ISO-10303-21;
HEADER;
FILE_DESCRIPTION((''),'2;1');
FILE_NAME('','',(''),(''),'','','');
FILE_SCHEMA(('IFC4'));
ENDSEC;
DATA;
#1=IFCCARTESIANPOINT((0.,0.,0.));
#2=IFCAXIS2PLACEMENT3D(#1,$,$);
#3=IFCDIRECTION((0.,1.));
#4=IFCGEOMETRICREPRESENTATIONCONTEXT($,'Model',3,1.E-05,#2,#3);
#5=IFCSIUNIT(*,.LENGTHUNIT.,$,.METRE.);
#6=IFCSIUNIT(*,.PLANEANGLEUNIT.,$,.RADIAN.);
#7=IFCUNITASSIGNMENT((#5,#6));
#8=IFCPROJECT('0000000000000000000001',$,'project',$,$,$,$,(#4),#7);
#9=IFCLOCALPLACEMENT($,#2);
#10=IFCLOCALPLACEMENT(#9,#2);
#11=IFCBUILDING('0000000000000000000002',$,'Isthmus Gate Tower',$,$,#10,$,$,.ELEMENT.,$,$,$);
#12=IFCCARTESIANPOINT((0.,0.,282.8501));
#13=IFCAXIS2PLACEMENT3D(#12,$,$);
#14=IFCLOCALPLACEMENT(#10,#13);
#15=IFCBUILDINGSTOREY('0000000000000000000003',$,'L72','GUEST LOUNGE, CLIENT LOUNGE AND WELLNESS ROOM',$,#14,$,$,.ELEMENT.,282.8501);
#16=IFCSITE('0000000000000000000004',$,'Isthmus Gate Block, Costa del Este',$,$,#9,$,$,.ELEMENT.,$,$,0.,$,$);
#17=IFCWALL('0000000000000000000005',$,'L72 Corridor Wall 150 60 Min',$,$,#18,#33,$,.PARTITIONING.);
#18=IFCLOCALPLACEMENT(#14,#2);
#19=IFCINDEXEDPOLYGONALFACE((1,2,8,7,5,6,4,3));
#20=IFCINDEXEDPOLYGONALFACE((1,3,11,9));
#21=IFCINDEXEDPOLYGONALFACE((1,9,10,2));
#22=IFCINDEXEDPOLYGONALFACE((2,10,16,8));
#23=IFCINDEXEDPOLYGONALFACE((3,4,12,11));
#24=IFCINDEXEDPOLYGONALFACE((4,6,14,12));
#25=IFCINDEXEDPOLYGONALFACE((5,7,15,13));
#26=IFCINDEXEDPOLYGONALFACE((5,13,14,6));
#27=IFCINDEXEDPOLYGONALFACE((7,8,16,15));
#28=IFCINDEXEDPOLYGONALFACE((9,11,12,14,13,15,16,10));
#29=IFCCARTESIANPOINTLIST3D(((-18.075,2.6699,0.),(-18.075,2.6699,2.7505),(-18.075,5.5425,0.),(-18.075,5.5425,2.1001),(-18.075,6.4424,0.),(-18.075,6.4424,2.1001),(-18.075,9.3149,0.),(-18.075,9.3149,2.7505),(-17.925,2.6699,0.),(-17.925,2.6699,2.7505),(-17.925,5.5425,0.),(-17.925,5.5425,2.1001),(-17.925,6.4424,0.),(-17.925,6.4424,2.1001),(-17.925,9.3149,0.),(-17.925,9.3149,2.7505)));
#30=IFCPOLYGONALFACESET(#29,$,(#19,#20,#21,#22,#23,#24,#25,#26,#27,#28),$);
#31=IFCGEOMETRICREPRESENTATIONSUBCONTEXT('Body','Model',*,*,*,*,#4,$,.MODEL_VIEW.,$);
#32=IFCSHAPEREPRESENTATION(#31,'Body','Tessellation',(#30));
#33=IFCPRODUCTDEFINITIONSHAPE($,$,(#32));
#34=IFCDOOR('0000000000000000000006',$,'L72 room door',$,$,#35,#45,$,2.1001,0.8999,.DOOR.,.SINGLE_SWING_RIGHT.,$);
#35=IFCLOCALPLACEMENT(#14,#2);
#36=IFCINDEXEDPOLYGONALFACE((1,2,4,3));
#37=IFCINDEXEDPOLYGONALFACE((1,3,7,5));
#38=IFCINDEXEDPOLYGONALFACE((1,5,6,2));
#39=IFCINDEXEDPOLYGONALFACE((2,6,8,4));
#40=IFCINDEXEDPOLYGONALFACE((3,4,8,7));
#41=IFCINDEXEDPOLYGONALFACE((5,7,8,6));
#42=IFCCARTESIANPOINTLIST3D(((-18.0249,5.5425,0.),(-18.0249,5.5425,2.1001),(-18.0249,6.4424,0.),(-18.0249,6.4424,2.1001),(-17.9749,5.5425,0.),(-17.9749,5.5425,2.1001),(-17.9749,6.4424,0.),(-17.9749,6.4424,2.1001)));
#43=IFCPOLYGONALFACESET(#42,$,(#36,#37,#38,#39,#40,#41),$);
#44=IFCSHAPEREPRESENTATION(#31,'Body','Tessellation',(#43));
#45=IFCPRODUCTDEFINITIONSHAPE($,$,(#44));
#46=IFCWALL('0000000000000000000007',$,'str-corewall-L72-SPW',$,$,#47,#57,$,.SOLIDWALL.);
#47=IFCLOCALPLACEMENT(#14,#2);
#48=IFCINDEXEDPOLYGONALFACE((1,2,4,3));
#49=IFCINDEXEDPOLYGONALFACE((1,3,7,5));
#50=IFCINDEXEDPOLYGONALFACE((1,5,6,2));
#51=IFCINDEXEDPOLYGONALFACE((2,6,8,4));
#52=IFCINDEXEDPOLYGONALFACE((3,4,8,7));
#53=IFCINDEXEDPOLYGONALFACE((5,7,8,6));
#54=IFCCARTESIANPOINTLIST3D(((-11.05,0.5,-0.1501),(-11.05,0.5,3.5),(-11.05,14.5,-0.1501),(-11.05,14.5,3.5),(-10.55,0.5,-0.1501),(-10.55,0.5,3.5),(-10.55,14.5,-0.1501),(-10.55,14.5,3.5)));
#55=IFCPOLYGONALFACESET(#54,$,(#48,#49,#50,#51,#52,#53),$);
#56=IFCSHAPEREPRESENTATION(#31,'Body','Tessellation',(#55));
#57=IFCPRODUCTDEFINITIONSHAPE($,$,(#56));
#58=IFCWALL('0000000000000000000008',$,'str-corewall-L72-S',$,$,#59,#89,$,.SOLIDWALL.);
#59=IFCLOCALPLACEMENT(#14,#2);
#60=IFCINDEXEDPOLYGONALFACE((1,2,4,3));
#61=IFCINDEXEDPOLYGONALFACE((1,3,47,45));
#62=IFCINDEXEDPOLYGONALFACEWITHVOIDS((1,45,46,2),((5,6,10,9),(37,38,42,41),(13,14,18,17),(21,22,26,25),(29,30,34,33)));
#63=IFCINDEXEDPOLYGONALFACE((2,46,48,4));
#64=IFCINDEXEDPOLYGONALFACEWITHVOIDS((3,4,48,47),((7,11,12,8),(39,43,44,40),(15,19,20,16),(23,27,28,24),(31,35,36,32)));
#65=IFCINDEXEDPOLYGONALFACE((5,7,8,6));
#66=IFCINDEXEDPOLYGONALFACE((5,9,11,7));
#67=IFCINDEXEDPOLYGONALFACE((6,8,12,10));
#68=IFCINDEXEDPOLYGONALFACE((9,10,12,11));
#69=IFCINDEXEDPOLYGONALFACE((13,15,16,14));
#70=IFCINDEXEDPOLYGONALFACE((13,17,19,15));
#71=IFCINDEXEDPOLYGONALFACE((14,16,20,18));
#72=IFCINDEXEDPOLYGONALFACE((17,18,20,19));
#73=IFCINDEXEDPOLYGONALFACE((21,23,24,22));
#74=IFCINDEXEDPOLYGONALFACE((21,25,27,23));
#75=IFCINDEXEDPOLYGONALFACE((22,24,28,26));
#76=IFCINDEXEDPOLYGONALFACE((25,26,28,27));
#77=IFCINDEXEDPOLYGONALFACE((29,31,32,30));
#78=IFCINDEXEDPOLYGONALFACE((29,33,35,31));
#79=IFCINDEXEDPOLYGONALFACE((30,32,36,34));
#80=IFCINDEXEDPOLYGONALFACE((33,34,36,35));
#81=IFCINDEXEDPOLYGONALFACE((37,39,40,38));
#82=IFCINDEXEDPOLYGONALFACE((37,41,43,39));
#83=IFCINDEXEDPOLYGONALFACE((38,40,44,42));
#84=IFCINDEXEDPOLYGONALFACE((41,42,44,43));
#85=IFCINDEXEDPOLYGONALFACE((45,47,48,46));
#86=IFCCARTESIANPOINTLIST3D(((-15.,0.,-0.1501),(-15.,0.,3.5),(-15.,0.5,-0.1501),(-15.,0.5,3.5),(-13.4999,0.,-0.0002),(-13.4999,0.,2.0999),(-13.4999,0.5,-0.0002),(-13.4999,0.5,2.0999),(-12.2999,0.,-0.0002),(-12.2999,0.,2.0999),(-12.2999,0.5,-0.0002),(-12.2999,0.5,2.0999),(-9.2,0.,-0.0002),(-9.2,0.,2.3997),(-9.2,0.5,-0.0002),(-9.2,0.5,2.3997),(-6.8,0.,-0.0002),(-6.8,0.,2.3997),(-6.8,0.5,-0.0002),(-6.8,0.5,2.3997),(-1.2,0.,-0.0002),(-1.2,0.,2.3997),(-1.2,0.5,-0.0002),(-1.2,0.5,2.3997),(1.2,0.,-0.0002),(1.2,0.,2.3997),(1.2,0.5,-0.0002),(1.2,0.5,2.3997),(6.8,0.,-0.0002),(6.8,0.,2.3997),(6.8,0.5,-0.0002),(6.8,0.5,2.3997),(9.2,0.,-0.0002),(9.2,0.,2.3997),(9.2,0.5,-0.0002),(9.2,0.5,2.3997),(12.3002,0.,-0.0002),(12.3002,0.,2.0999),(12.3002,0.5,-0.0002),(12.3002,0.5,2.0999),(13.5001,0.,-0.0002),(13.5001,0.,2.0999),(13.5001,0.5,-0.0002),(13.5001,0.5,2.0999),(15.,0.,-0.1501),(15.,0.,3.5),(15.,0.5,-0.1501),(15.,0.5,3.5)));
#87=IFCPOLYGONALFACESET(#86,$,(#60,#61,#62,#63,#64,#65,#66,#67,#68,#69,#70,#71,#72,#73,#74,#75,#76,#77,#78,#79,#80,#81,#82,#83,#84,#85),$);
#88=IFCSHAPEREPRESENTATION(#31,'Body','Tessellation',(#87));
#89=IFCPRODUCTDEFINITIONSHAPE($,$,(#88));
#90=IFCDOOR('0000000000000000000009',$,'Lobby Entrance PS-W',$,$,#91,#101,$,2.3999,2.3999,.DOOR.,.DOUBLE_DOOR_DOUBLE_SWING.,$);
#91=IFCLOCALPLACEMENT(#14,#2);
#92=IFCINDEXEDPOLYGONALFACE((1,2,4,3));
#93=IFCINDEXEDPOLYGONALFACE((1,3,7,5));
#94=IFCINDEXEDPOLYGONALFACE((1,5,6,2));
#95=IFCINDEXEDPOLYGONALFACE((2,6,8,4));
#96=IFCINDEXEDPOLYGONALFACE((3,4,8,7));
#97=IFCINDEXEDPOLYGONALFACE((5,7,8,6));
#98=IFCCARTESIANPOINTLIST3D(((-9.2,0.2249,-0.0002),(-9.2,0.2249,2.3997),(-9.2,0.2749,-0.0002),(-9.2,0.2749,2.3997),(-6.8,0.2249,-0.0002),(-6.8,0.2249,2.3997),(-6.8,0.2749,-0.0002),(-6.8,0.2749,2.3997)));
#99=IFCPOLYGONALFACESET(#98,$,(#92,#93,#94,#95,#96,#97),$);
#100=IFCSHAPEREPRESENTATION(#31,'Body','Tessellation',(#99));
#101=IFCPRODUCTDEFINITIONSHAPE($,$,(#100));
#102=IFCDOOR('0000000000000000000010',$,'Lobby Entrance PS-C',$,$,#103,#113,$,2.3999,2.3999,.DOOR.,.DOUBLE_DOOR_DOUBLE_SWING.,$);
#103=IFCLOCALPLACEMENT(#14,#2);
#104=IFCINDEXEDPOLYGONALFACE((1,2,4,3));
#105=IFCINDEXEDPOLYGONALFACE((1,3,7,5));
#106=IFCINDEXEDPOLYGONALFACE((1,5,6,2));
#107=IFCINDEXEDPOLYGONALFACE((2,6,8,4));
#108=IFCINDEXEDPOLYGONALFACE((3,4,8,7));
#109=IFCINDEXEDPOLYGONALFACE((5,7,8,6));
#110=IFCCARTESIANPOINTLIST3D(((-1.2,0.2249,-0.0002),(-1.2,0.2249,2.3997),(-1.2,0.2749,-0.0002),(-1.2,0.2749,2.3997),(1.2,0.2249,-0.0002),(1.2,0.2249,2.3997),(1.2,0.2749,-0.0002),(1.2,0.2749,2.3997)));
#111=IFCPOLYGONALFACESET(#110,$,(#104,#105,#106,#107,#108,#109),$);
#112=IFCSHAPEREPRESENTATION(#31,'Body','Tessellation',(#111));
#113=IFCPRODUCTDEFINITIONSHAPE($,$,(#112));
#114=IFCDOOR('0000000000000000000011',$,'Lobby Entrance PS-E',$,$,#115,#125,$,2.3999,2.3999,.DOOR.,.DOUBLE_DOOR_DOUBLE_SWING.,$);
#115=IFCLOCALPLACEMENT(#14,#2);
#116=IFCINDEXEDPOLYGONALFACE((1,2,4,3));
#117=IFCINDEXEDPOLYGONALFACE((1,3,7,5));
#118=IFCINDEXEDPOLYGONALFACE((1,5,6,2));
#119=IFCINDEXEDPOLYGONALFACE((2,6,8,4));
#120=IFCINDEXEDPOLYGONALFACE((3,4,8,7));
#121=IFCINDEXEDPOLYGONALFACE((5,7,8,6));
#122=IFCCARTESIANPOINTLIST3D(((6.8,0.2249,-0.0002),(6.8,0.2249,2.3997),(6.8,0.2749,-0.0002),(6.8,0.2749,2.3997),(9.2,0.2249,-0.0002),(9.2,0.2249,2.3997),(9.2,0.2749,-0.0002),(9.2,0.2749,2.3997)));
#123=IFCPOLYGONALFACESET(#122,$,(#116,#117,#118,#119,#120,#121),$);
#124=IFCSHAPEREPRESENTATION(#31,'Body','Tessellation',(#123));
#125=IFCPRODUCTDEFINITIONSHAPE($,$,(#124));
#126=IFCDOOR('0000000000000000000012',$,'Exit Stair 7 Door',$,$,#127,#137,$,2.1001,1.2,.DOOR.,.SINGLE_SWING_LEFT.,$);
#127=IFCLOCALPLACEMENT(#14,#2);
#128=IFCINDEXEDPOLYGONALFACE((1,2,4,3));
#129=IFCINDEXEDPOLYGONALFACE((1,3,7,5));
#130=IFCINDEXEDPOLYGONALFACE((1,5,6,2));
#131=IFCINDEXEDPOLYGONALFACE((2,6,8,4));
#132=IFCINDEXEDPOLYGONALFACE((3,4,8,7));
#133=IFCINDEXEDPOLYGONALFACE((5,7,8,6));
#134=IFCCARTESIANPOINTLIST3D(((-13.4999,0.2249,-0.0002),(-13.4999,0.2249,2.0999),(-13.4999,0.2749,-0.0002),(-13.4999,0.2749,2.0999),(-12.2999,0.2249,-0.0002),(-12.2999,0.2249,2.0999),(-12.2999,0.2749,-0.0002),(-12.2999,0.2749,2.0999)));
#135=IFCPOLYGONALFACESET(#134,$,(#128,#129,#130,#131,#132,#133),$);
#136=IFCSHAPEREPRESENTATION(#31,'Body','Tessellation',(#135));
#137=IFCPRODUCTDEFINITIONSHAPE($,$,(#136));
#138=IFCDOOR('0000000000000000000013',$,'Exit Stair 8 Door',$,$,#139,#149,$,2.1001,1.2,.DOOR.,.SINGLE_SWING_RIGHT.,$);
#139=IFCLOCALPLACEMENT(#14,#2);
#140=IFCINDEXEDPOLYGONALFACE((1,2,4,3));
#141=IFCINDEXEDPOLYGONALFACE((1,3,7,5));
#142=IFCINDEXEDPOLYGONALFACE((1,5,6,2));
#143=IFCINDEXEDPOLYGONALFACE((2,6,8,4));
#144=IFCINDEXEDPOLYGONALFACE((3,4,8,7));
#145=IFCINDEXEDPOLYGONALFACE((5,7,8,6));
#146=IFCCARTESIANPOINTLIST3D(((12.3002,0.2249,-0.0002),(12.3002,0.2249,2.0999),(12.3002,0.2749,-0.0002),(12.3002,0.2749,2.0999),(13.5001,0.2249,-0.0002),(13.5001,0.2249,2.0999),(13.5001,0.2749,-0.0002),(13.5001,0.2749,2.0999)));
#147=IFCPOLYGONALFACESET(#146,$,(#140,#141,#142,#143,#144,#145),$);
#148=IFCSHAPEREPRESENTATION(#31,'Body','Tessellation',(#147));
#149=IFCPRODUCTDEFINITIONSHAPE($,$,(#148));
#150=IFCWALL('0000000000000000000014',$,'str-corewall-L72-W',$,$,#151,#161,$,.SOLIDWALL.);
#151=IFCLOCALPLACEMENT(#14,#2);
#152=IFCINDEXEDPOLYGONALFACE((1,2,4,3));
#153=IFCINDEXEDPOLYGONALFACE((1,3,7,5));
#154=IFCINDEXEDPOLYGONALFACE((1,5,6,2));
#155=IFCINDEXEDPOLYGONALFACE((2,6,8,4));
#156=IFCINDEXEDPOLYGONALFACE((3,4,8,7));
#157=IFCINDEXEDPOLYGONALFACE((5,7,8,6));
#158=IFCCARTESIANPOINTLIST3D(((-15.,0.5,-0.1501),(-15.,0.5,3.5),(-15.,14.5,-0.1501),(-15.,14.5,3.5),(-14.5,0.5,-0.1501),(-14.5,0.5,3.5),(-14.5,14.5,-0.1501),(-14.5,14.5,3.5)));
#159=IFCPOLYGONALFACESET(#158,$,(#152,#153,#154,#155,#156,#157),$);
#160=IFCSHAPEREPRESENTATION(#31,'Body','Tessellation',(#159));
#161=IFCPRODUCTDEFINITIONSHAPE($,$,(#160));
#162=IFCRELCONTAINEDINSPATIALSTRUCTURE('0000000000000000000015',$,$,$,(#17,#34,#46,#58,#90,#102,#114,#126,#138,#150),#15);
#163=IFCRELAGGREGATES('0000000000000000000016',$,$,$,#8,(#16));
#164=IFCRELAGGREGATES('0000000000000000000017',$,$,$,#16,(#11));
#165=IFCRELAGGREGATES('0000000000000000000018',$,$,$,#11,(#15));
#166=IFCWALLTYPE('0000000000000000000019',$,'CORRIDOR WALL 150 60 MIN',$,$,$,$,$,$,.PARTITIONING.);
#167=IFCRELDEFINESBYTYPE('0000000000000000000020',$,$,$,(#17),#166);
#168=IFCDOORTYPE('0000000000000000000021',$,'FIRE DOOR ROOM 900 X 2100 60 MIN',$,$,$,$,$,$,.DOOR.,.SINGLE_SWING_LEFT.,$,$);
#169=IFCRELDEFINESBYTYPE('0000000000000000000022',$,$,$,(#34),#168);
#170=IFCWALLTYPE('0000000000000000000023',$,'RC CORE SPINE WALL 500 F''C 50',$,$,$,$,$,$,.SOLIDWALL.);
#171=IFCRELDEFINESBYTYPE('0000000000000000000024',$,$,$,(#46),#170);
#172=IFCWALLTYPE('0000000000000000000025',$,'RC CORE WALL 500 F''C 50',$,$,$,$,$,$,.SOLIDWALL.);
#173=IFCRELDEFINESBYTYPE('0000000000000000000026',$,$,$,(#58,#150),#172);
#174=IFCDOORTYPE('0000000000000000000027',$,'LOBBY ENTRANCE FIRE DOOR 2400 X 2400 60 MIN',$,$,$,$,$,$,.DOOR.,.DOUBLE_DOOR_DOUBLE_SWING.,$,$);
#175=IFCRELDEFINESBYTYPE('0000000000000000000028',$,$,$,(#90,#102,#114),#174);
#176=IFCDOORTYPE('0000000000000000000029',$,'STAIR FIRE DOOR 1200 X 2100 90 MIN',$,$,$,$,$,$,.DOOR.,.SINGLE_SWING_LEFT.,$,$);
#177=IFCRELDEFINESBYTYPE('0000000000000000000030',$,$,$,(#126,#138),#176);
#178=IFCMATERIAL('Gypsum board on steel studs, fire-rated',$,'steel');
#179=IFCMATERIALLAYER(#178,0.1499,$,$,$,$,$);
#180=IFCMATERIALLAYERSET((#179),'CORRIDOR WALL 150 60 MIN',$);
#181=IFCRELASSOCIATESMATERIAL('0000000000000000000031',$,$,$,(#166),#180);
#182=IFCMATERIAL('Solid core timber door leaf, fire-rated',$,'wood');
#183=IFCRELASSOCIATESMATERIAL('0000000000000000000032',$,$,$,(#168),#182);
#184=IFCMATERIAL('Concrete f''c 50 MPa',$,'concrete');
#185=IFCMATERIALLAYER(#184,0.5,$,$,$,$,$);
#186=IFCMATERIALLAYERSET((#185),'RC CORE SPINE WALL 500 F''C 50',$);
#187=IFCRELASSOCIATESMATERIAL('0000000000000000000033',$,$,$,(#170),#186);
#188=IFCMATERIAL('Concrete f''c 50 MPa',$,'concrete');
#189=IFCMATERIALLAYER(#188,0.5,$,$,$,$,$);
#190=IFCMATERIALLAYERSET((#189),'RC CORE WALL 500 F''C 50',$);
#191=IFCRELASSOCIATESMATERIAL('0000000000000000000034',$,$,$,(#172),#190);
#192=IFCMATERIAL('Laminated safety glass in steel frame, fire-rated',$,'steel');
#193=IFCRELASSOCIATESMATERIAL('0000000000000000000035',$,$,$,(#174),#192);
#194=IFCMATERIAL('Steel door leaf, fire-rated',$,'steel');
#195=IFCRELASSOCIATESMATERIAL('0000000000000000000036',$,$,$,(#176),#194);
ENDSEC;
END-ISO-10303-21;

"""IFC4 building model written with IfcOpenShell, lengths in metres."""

from ifc_helpers import new_model, si_unit, direction, frame, frame_2d, origin, place, context, subcontext, project, spatial, rectangle, extrude, material, layer, layer_set, type_object, element, fill, save


model = new_model("IFC4")

# Units and contexts
model_context = context("Model", 3, precision=1e-05, world=origin(), true_north=direction((0.0, 1.0)))
body_context = subcontext(model_context, "Body", "Model", "MODEL_VIEW")
ifc_project = project(units=[si_unit("LENGTHUNIT", "METRE"), si_unit("PLANEANGLEUNIT", "RADIAN")], contexts=[model_context])

# Site, building, storey
site_placement = place(None, origin())
site = spatial("IfcSite", under=ifc_project, at=site_placement, Name="Isthmus Gate Block, Costa del Este", CompositionType="ELEMENT", RefElevation=0.0)
building_placement = place(site_placement, origin())
building = spatial("IfcBuilding", under=site, at=building_placement, Name="Isthmus Gate Tower", CompositionType="ELEMENT")
storey_placement = place(building_placement, frame((0.0, 0.0, 282.8501)))
storey = spatial("IfcBuildingStorey", under=building, at=storey_placement, Name="L72", Description="GUEST LOUNGE, CLIENT LOUNGE AND WELLNESS ROOM", CompositionType="ELEMENT", Elevation=282.8501)

# Shared definitions
ifc_material_1 = material(Name="Gypsum board on steel studs, fire-rated", Category="steel")
ifc_layer_1 = layer(ifc_material_1, 0.1499)
ifc_layer_set_1 = layer_set([ifc_layer_1], Name="CORRIDOR WALL 150 60 MIN")
wall_type_1 = type_object("IfcWallType", Name="CORRIDOR WALL 150 60 MIN", PredefinedType="PARTITIONING", material=ifc_layer_set_1)

# Wall, opening, door
wall_1_placement = place(storey_placement, frame((-18.0, 2.6699, 0.0), z_axis=(0.0, 0.0, 1.0), x_axis=(0.0, 1.0, 0.0)))
wall_1 = element("IfcWall", 1, at=wall_1_placement, inside=storey, type_object=wall_type_1, Name="L72 Corridor Wall 150 60 Min", PredefinedType="PARTITIONING", context=body_context, shape_type="SweptSolid", body=[
    extrude(rectangle(XDim=6.645, YDim=0.1499, at=frame_2d((3.3225, 0.0))), origin(), (0.0, 0.0, 1.0), 2.7505),
])
opening_1_placement = place(wall_1_placement, frame((2.8726, 0.0, 0.0)))
opening_1 = element("IfcOpeningElement", 2, at=opening_1_placement, cuts=wall_1, PredefinedType="OPENING", context=body_context, shape_type="SweptSolid", body=[
    extrude(rectangle(XDim=0.8999, YDim=2.1001, at=frame_2d((0.45, 1.05))), frame((0.0, 0.085, 0.0), z_axis=(0.0, -1.0, 0.0), x_axis=(1.0, 0.0, 0.0)), (0.0, 0.0, 1.0), 0.1699),
])
ifc_material_2 = material(Name="Solid core timber door leaf, fire-rated", Category="wood")
door_type_1 = type_object("IfcDoorType", Name="FIRE DOOR ROOM 900 X 2100 60 MIN", OperationType="SINGLE_SWING_LEFT", PredefinedType="DOOR", material=ifc_material_2)
door_1_placement = place(opening_1_placement, origin())
door_1 = element("IfcDoor", 3, at=door_1_placement, inside=storey, type_object=door_type_1, Name="L72 room door", OperationType="SINGLE_SWING_RIGHT", OverallHeight=2.1001, OverallWidth=0.8999, PredefinedType="DOOR", context=body_context, shape_type="SweptSolid", body=[
    extrude(rectangle(XDim=0.8999, YDim=2.1001, at=frame_2d((0.45, 1.05))), frame((0.0, 0.0249, 0.0), z_axis=(0.0, -1.0, 0.0), x_axis=(1.0, 0.0, 0.0)), (0.0, 0.0, 1.0), 0.05),
])
fill(opening_1, door_1)

# Wall
ifc_material_3 = material(Name="Concrete f'c 50 MPa", Category="concrete")
ifc_layer_2 = layer(ifc_material_3, 0.5)
ifc_layer_set_2 = layer_set([ifc_layer_2], Name="RC CORE SPINE WALL 500 F'C 50")
wall_type_2 = type_object("IfcWallType", Name="RC CORE SPINE WALL 500 F'C 50", PredefinedType="SOLIDWALL", material=ifc_layer_set_2)
wall_2_placement = place(storey_placement, frame((-10.8, 0.5, -0.1501), z_axis=(0.0, 0.0, 1.0), x_axis=(0.0, 1.0, 0.0)))
element("IfcWall", 4, at=wall_2_placement, inside=storey, type_object=wall_type_2, Name="str-corewall-L72-SPW", PredefinedType="SOLIDWALL", context=body_context, shape_type="SweptSolid", body=[
    extrude(rectangle(XDim=14.0, YDim=0.5, at=frame_2d((7.0, 0.0))), origin(), (0.0, 0.0, 1.0), 3.6501),
])

# Wall, openings, doors
ifc_material_4 = material(Name="Concrete f'c 50 MPa", Category="concrete")
ifc_layer_3 = layer(ifc_material_4, 0.5)
ifc_layer_set_3 = layer_set([ifc_layer_3], Name="RC CORE WALL 500 F'C 50")
wall_type_3 = type_object("IfcWallType", Name="RC CORE WALL 500 F'C 50", PredefinedType="SOLIDWALL", material=ifc_layer_set_3)
wall_3_placement = place(storey_placement, frame((-15.0, 0.25, -0.1501), z_axis=(0.0, 0.0, 1.0), x_axis=(1.0, 0.0, 0.0)))
wall_3 = element("IfcWall", 5, at=wall_3_placement, inside=storey, type_object=wall_type_3, Name="str-corewall-L72-S", PredefinedType="SOLIDWALL", context=body_context, shape_type="SweptSolid", body=[
    extrude(rectangle(XDim=30.0, YDim=0.5, at=frame_2d((15.0, 0.0))), origin(), (0.0, 0.0, 1.0), 3.6501),
])
opening_2_placement = place(wall_3_placement, frame((5.8, 0.0, 0.1499)))
opening_2 = element("IfcOpeningElement", 6, at=opening_2_placement, cuts=wall_3, PredefinedType="OPENING", context=body_context, shape_type="SweptSolid", body=[
    extrude(rectangle(XDim=2.3999, YDim=2.3999, at=frame_2d((1.2, 1.2))), frame((0.0, 0.26, 0.0), z_axis=(0.0, -1.0, 0.0), x_axis=(1.0, 0.0, 0.0)), (0.0, 0.0, 1.0), 0.52),
])
opening_3_placement = place(wall_3_placement, frame((13.8, 0.0, 0.1499)))
opening_3 = element("IfcOpeningElement", 7, at=opening_3_placement, cuts=wall_3, PredefinedType="OPENING", context=body_context, shape_type="SweptSolid", body=[
    extrude(rectangle(XDim=2.3999, YDim=2.3999, at=frame_2d((1.2, 1.2))), frame((0.0, 0.26, 0.0), z_axis=(0.0, -1.0, 0.0), x_axis=(1.0, 0.0, 0.0)), (0.0, 0.0, 1.0), 0.52),
])
opening_4_placement = place(wall_3_placement, frame((21.8, 0.0, 0.1499)))
opening_4 = element("IfcOpeningElement", 8, at=opening_4_placement, cuts=wall_3, PredefinedType="OPENING", context=body_context, shape_type="SweptSolid", body=[
    extrude(rectangle(XDim=2.3999, YDim=2.3999, at=frame_2d((1.2, 1.2))), frame((0.0, 0.26, 0.0), z_axis=(0.0, -1.0, 0.0), x_axis=(1.0, 0.0, 0.0)), (0.0, 0.0, 1.0), 0.52),
])
opening_5_placement = place(wall_3_placement, frame((1.5, 0.0, 0.1499)))
opening_5 = element("IfcOpeningElement", 9, at=opening_5_placement, cuts=wall_3, PredefinedType="OPENING", context=body_context, shape_type="SweptSolid", body=[
    extrude(rectangle(XDim=1.2, YDim=2.1001, at=frame_2d((0.6001, 1.05))), frame((0.0, 0.26, 0.0), z_axis=(0.0, -1.0, 0.0), x_axis=(1.0, 0.0, 0.0)), (0.0, 0.0, 1.0), 0.52),
])
opening_6_placement = place(wall_3_placement, frame((27.3, 0.0, 0.1499)))
opening_6 = element("IfcOpeningElement", 10, at=opening_6_placement, cuts=wall_3, PredefinedType="OPENING", context=body_context, shape_type="SweptSolid", body=[
    extrude(rectangle(XDim=1.2, YDim=2.1001, at=frame_2d((0.6001, 1.05))), frame((0.0, 0.26, 0.0), z_axis=(0.0, -1.0, 0.0), x_axis=(1.0, 0.0, 0.0)), (0.0, 0.0, 1.0), 0.52),
])
ifc_material_5 = material(Name="Laminated safety glass in steel frame, fire-rated", Category="steel")
door_type_2 = type_object("IfcDoorType", Name="LOBBY ENTRANCE FIRE DOOR 2400 X 2400 60 MIN", OperationType="DOUBLE_DOOR_DOUBLE_SWING", PredefinedType="DOOR", material=ifc_material_5)
door_2_placement = place(opening_2_placement, origin())
door_2 = element("IfcDoor", 11, at=door_2_placement, inside=storey, type_object=door_type_2, Name="Lobby Entrance PS-W", OperationType="DOUBLE_DOOR_DOUBLE_SWING", OverallHeight=2.3999, OverallWidth=2.3999, PredefinedType="DOOR", context=body_context, shape_type="SweptSolid", body=[
    extrude(rectangle(XDim=2.3999, YDim=2.3999, at=frame_2d((1.2, 1.2))), frame((0.0, 0.0249, 0.0), z_axis=(0.0, -1.0, 0.0), x_axis=(1.0, 0.0, 0.0)), (0.0, 0.0, 1.0), 0.05),
])
fill(opening_2, door_2)
door_3_placement = place(opening_3_placement, origin())
door_3 = element("IfcDoor", 12, at=door_3_placement, inside=storey, type_object=door_type_2, Name="Lobby Entrance PS-C", OperationType="DOUBLE_DOOR_DOUBLE_SWING", OverallHeight=2.3999, OverallWidth=2.3999, PredefinedType="DOOR", context=body_context, shape_type="SweptSolid", body=[
    extrude(rectangle(XDim=2.3999, YDim=2.3999, at=frame_2d((1.2, 1.2))), frame((0.0, 0.0249, 0.0), z_axis=(0.0, -1.0, 0.0), x_axis=(1.0, 0.0, 0.0)), (0.0, 0.0, 1.0), 0.05),
])
fill(opening_3, door_3)
door_4_placement = place(opening_4_placement, origin())
door_4 = element("IfcDoor", 13, at=door_4_placement, inside=storey, type_object=door_type_2, Name="Lobby Entrance PS-E", OperationType="DOUBLE_DOOR_DOUBLE_SWING", OverallHeight=2.3999, OverallWidth=2.3999, PredefinedType="DOOR", context=body_context, shape_type="SweptSolid", body=[
    extrude(rectangle(XDim=2.3999, YDim=2.3999, at=frame_2d((1.2, 1.2))), frame((0.0, 0.0249, 0.0), z_axis=(0.0, -1.0, 0.0), x_axis=(1.0, 0.0, 0.0)), (0.0, 0.0, 1.0), 0.05),
])
fill(opening_4, door_4)
ifc_material_6 = material(Name="Steel door leaf, fire-rated", Category="steel")
door_type_3 = type_object("IfcDoorType", Name="STAIR FIRE DOOR 1200 X 2100 90 MIN", OperationType="SINGLE_SWING_LEFT", PredefinedType="DOOR", material=ifc_material_6)
door_5_placement = place(opening_5_placement, origin())
door_5 = element("IfcDoor", 14, at=door_5_placement, inside=storey, type_object=door_type_3, Name="Exit Stair 7 Door", OperationType="SINGLE_SWING_LEFT", OverallHeight=2.1001, OverallWidth=1.2, PredefinedType="DOOR", context=body_context, shape_type="SweptSolid", body=[
    extrude(rectangle(XDim=1.2, YDim=2.1001, at=frame_2d((0.6001, 1.05))), frame((0.0, 0.0249, 0.0), z_axis=(0.0, -1.0, 0.0), x_axis=(1.0, 0.0, 0.0)), (0.0, 0.0, 1.0), 0.05),
])
fill(opening_5, door_5)
door_6_placement = place(opening_6_placement, origin())
door_6 = element("IfcDoor", 15, at=door_6_placement, inside=storey, type_object=door_type_3, Name="Exit Stair 8 Door", OperationType="SINGLE_SWING_RIGHT", OverallHeight=2.1001, OverallWidth=1.2, PredefinedType="DOOR", context=body_context, shape_type="SweptSolid", body=[
    extrude(rectangle(XDim=1.2, YDim=2.1001, at=frame_2d((0.6001, 1.05))), frame((0.0, 0.0249, 0.0), z_axis=(0.0, -1.0, 0.0), x_axis=(1.0, 0.0, 0.0)), (0.0, 0.0, 1.0), 0.05),
])
fill(opening_6, door_6)

# Wall
wall_4_placement = place(storey_placement, frame((-14.75, 0.5, -0.1501), z_axis=(0.0, 0.0, 1.0), x_axis=(0.0, 1.0, 0.0)))
element("IfcWall", 16, at=wall_4_placement, inside=storey, type_object=wall_type_3, Name="str-corewall-L72-W", PredefinedType="SOLIDWALL", context=body_context, shape_type="SweptSolid", body=[
    extrude(rectangle(XDim=14.0, YDim=0.5, at=frame_2d((7.0, 0.0))), origin(), (0.0, 0.0, 1.0), 3.6501),
])

save(model, "model.ifc")
